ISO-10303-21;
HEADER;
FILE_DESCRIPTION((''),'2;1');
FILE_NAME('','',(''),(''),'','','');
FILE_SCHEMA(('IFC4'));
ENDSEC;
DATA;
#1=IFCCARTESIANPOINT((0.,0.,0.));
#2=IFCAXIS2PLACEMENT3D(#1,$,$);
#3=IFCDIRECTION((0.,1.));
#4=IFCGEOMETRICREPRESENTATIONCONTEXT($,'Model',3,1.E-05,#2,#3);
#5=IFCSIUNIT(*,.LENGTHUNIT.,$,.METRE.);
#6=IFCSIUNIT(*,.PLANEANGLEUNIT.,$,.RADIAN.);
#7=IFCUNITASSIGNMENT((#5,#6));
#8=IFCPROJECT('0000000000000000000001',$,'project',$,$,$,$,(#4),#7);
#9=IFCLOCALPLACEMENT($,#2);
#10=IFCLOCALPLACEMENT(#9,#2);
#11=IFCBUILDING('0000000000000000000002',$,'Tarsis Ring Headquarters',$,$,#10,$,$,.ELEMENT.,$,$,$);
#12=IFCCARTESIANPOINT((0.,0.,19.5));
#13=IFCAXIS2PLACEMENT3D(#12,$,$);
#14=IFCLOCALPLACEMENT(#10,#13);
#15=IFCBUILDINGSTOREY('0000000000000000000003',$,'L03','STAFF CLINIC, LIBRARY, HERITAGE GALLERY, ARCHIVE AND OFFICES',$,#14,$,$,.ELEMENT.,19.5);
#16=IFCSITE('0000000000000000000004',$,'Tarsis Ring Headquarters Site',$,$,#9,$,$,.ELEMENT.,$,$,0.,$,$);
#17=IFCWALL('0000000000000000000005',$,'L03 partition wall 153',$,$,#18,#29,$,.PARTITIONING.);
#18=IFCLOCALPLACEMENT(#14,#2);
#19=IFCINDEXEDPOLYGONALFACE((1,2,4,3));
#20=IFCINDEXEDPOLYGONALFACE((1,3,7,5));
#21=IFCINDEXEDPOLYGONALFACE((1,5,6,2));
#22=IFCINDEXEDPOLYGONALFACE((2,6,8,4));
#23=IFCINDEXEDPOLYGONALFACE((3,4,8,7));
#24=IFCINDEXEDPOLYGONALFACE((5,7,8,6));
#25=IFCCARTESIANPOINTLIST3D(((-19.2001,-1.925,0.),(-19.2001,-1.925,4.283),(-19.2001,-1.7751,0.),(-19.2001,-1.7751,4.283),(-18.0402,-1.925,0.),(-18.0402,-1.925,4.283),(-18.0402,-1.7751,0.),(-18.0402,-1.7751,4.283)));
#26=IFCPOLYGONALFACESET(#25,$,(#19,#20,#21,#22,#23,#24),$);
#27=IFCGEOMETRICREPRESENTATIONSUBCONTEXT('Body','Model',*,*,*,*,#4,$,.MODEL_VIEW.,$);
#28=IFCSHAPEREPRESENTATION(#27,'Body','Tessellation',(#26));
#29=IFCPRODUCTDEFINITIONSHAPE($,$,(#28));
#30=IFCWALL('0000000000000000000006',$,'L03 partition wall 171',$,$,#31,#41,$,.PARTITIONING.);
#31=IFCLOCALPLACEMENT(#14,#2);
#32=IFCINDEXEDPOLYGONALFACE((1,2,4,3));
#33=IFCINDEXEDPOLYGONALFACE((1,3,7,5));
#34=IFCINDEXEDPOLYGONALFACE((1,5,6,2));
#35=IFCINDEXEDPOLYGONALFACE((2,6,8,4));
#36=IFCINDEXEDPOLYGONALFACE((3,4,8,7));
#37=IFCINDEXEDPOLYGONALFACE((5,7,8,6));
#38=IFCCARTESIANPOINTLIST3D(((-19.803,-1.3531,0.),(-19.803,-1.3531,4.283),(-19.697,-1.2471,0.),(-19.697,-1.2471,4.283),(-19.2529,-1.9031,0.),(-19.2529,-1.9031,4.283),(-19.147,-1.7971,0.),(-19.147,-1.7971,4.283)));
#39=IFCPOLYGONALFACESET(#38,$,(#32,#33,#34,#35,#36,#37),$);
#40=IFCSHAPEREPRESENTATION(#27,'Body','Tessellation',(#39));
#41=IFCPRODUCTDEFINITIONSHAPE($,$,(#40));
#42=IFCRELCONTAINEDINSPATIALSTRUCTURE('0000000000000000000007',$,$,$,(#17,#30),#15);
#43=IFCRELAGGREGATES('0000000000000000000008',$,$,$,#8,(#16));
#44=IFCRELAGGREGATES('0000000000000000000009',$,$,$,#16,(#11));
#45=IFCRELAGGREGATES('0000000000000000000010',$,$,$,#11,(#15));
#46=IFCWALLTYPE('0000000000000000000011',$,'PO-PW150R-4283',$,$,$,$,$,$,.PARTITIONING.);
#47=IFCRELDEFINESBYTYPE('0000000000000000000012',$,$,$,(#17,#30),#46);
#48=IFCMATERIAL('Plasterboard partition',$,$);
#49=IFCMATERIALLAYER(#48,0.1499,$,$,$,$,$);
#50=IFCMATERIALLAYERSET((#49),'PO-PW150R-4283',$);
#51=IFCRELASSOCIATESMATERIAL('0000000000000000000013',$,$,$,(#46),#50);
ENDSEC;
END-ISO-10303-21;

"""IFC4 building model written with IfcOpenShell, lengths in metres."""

from ifc_helpers import new_model, si_unit, direction, frame, frame_2d, origin, place, context, subcontext, project, spatial, rectangle, extrude, material, layer, layer_set, type_object, element, save


model = new_model("IFC4")

# Units and contexts
model_context = context("Model", 3, precision=1e-05, world=origin(), true_north=direction((0.0, 1.0)))
body_context = subcontext(model_context, "Body", "Model", "MODEL_VIEW")
ifc_project = project(units=[si_unit("LENGTHUNIT", "METRE"), si_unit("PLANEANGLEUNIT", "RADIAN")], contexts=[model_context])

# Site, building, storey
site_placement = place(None, origin())
site = spatial("IfcSite", under=ifc_project, at=site_placement, Name="Tarsis Ring Headquarters Site", CompositionType="ELEMENT", RefElevation=0.0)
building_placement = place(site_placement, origin())
building = spatial("IfcBuilding", under=site, at=building_placement, Name="Tarsis Ring Headquarters", CompositionType="ELEMENT")
storey_placement = place(building_placement, frame((0.0, 0.0, 19.5)))
storey = spatial("IfcBuildingStorey", under=building, at=storey_placement, Name="L03", Description="STAFF CLINIC, LIBRARY, HERITAGE GALLERY, ARCHIVE AND OFFICES", CompositionType="ELEMENT", Elevation=19.5)

# Walls
ifc_material_1 = material(Name="Plasterboard partition")
ifc_layer_1 = layer(ifc_material_1, 0.1499)
ifc_layer_set_1 = layer_set([ifc_layer_1], Name="PO-PW150R-4283")
wall_type_1 = type_object("IfcWallType", Name="PO-PW150R-4283", PredefinedType="PARTITIONING", material=ifc_layer_set_1)
wall_1_placement = place(storey_placement, frame((-18.04, -1.8501, 0.0), z_axis=(0.0, 0.0, 1.0), x_axis=(-1.0, 0.0, 0.0)))
element("IfcWall", 1, at=wall_1_placement, inside=storey, type_object=wall_type_1, Name="L03 partition wall 153", PredefinedType="PARTITIONING", context=body_context, shape_type="SweptSolid", body=[
    extrude(rectangle(XDim=1.1599, YDim=0.1499, at=frame_2d((0.5801, 0.0))), origin(), (0.0, 0.0, 1.0), 4.283),
])
wall_2_placement = place(storey_placement, frame((-19.2, -1.8501, 0.0), z_axis=(0.0, 0.0, 1.0), x_axis=(-0.707107, 0.707107, 0.0)))
element("IfcWall", 2, at=wall_2_placement, inside=storey, type_object=wall_type_1, Name="L03 partition wall 171", PredefinedType="PARTITIONING", context=body_context, shape_type="SweptSolid", body=[
    extrude(rectangle(XDim=0.7778, YDim=0.1499, at=frame_2d((0.3889, 0.0))), origin(), (0.0, 0.0, 1.0), 4.283),
])

save(model, "model.ifc")
